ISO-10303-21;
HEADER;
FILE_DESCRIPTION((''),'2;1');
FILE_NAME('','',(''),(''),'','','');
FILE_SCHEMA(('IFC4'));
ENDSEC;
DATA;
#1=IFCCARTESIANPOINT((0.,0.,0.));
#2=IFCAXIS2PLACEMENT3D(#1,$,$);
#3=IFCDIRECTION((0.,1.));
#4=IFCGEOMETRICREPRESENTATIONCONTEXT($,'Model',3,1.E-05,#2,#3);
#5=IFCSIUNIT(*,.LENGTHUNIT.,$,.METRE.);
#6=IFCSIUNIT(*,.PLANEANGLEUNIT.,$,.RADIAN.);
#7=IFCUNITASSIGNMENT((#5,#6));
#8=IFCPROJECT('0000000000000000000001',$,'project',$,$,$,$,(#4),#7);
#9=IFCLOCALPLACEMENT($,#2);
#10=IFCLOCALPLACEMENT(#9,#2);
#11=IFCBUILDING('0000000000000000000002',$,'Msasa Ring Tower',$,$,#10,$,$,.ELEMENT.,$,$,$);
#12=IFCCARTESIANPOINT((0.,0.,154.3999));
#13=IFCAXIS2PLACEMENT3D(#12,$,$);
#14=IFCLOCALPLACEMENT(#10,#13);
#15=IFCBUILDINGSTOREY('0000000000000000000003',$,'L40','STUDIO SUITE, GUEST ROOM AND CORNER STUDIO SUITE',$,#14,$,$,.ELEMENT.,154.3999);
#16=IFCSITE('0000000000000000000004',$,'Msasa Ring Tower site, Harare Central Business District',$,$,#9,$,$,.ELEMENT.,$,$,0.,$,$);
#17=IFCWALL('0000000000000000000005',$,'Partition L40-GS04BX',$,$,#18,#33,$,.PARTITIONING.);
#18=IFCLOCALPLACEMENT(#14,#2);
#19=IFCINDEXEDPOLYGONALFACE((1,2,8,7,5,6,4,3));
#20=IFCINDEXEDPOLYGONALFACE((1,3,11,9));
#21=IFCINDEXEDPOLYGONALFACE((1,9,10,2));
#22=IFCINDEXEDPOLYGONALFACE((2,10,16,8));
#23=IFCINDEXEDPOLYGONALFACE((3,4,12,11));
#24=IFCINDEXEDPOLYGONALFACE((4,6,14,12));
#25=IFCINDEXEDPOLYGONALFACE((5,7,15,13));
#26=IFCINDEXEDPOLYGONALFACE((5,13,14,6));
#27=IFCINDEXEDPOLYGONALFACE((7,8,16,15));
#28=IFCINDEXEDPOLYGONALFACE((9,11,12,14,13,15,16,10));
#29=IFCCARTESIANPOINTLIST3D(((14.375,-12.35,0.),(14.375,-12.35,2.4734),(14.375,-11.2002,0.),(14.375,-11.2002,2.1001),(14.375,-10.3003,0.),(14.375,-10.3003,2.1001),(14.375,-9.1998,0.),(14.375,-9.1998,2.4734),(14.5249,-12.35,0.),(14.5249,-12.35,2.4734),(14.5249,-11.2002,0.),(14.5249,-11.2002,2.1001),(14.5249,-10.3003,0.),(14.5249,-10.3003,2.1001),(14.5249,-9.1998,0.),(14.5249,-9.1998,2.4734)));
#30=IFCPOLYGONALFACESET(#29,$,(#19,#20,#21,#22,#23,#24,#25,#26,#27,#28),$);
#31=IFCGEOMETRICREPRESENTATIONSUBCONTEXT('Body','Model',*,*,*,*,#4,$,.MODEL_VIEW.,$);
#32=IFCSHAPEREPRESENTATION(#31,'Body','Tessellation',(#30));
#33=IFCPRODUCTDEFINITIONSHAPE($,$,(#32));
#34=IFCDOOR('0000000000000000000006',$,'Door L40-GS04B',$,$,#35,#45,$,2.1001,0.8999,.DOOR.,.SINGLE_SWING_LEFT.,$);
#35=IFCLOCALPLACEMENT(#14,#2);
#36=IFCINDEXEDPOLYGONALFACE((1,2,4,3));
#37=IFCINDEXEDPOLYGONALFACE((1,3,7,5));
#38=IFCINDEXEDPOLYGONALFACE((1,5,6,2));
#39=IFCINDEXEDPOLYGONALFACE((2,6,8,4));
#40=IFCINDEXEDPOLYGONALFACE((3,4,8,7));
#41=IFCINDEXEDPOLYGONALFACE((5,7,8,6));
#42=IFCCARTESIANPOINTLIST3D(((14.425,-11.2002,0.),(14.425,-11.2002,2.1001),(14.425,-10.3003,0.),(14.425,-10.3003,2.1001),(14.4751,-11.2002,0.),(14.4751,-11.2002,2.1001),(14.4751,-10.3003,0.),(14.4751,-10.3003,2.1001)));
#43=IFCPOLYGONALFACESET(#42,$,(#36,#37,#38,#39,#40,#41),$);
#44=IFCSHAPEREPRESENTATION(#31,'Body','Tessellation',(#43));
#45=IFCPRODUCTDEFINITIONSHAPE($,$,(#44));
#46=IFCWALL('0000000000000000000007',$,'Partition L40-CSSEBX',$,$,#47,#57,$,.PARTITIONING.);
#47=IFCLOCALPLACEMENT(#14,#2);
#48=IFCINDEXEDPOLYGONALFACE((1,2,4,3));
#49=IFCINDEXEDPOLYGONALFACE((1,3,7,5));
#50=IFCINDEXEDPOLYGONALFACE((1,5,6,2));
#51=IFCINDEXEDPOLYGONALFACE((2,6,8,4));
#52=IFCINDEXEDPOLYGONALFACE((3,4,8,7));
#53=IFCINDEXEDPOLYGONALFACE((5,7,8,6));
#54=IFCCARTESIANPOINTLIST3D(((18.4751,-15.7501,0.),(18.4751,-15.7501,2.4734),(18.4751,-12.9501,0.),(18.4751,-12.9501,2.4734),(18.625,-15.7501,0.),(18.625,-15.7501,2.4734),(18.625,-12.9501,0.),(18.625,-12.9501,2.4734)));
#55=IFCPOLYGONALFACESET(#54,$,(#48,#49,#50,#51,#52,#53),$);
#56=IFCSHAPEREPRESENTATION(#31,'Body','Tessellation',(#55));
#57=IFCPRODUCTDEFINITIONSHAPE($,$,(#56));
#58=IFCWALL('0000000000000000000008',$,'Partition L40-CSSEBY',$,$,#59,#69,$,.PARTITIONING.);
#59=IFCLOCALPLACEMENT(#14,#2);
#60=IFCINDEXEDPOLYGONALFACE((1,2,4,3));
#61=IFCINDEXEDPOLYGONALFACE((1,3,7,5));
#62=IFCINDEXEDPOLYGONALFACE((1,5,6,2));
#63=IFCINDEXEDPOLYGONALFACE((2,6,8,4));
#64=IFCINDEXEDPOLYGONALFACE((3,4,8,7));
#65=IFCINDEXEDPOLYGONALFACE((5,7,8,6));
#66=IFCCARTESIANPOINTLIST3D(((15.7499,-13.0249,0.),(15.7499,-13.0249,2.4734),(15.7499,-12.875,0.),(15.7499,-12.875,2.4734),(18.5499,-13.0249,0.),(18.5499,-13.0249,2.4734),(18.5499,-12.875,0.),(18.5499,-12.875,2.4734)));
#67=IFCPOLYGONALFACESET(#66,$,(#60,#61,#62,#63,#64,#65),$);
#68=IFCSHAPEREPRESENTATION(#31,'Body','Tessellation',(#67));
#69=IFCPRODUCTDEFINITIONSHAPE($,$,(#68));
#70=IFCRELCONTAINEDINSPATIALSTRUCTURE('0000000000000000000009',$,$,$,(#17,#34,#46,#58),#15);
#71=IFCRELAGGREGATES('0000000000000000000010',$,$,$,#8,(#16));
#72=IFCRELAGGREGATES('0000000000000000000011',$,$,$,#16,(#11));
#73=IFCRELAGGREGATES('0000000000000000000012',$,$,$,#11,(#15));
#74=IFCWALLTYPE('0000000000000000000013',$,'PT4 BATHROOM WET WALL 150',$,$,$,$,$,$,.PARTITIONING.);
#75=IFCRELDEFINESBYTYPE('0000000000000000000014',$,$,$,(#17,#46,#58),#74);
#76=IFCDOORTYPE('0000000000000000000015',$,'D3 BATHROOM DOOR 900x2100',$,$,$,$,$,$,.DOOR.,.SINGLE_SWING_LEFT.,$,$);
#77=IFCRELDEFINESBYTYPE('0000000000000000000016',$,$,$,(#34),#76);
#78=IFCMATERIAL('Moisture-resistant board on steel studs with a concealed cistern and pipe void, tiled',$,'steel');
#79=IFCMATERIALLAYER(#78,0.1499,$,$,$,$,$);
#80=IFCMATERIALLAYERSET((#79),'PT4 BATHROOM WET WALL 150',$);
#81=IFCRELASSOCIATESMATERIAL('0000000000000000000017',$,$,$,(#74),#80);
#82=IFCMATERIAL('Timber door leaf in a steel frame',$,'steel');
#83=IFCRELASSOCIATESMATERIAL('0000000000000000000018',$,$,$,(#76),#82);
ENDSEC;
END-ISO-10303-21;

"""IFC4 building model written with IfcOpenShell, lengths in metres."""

from ifc_helpers import new_model, si_unit, direction, frame, frame_2d, origin, place, context, subcontext, project, spatial, rectangle, extrude, material, layer, layer_set, type_object, element, fill, save


model = new_model("IFC4")

# Units and contexts
model_context = context("Model", 3, precision=1e-05, world=origin(), true_north=direction((0.0, 1.0)))
body_context = subcontext(model_context, "Body", "Model", "MODEL_VIEW")
ifc_project = project(units=[si_unit("LENGTHUNIT", "METRE"), si_unit("PLANEANGLEUNIT", "RADIAN")], contexts=[model_context])

# Site, building, storey
site_placement = place(None, origin())
site = spatial("IfcSite", under=ifc_project, at=site_placement, Name="Msasa Ring Tower site, Harare Central Business District", CompositionType="ELEMENT", RefElevation=0.0)
building_placement = place(site_placement, origin())
building = spatial("IfcBuilding", under=site, at=building_placement, Name="Msasa Ring Tower", CompositionType="ELEMENT")
storey_placement = place(building_placement, frame((0.0, 0.0, 154.3999)))
storey = spatial("IfcBuildingStorey", under=building, at=storey_placement, Name="L40", Description="STUDIO SUITE, GUEST ROOM AND CORNER STUDIO SUITE", CompositionType="ELEMENT", Elevation=154.3999)

# Wall, opening, door
ifc_material_1 = material(Name="Moisture-resistant board on steel studs with a concealed cistern and pipe void, tiled", Category="steel")
ifc_layer_1 = layer(ifc_material_1, 0.1499)
ifc_layer_set_1 = layer_set([ifc_layer_1], Name="PT4 BATHROOM WET WALL 150")
wall_type_1 = type_object("IfcWallType", Name="PT4 BATHROOM WET WALL 150", PredefinedType="PARTITIONING", material=ifc_layer_set_1)
wall_1_placement = place(storey_placement, frame((14.45, -12.3501, 0.0), z_axis=(0.0, 0.0, 1.0), x_axis=(0.0, 1.0, 0.0)))
wall_1 = element("IfcWall", 1, at=wall_1_placement, inside=storey, type_object=wall_type_1, Name="Partition L40-GS04BX", PredefinedType="PARTITIONING", context=body_context, shape_type="SweptSolid", body=[
    extrude(rectangle(XDim=3.1501, YDim=0.1499, at=frame_2d((1.5752, 0.0))), origin(), (0.0, 0.0, 1.0), 2.4734),
])
opening_1_placement = place(wall_1_placement, frame((1.1499, 0.0, 0.0)))
opening_1 = element("IfcOpeningElement", 2, at=opening_1_placement, cuts=wall_1, PredefinedType="OPENING", context=body_context, shape_type="SweptSolid", body=[
    extrude(rectangle(XDim=0.8999, YDim=2.1001, at=frame_2d((0.45, 1.05))), frame((0.0, 0.085, 0.0), z_axis=(0.0, -1.0, 0.0), x_axis=(1.0, 0.0, 0.0)), (0.0, 0.0, 1.0), 0.1699),
])
ifc_material_2 = material(Name="Timber door leaf in a steel frame", Category="steel")
door_type_1 = type_object("IfcDoorType", Name="D3 BATHROOM DOOR 900x2100", OperationType="SINGLE_SWING_LEFT", PredefinedType="DOOR", material=ifc_material_2)
door_1_placement = place(opening_1_placement, origin())
door_1 = element("IfcDoor", 3, at=door_1_placement, inside=storey, type_object=door_type_1, Name="Door L40-GS04B", OperationType="SINGLE_SWING_LEFT", OverallHeight=2.1001, OverallWidth=0.8999, PredefinedType="DOOR", context=body_context, shape_type="SweptSolid", body=[
    extrude(rectangle(XDim=0.8999, YDim=2.1001, at=frame_2d((0.45, 1.05))), frame((0.0, 0.0249, 0.0), z_axis=(0.0, -1.0, 0.0), x_axis=(1.0, 0.0, 0.0)), (0.0, 0.0, 1.0), 0.05),
])
fill(opening_1, door_1)

# Walls
for number, where, z_axis, x_axis, name in (
    (4, (18.55, -15.75, 0.0), (0.0, 0.0, 1.0), (0.0, 1.0, 0.0), "Partition L40-CSSEBX"),
    (5, (15.75, -12.95, 0.0), (0.0, 0.0, 1.0), (1.0, 0.0, 0.0), "Partition L40-CSSEBY"),
):
    element("IfcWall", number, at=place(storey_placement, frame(where, z_axis=z_axis, x_axis=x_axis)), inside=storey, type_object=wall_type_1, Name=name, PredefinedType="PARTITIONING", context=body_context, shape_type="SweptSolid", body=[
        extrude(rectangle(XDim=2.8, YDim=0.1499, at=frame_2d((1.3999, 0.0))), origin(), (0.0, 0.0, 1.0), 2.4734),
    ])

save(model, "model.ifc")
